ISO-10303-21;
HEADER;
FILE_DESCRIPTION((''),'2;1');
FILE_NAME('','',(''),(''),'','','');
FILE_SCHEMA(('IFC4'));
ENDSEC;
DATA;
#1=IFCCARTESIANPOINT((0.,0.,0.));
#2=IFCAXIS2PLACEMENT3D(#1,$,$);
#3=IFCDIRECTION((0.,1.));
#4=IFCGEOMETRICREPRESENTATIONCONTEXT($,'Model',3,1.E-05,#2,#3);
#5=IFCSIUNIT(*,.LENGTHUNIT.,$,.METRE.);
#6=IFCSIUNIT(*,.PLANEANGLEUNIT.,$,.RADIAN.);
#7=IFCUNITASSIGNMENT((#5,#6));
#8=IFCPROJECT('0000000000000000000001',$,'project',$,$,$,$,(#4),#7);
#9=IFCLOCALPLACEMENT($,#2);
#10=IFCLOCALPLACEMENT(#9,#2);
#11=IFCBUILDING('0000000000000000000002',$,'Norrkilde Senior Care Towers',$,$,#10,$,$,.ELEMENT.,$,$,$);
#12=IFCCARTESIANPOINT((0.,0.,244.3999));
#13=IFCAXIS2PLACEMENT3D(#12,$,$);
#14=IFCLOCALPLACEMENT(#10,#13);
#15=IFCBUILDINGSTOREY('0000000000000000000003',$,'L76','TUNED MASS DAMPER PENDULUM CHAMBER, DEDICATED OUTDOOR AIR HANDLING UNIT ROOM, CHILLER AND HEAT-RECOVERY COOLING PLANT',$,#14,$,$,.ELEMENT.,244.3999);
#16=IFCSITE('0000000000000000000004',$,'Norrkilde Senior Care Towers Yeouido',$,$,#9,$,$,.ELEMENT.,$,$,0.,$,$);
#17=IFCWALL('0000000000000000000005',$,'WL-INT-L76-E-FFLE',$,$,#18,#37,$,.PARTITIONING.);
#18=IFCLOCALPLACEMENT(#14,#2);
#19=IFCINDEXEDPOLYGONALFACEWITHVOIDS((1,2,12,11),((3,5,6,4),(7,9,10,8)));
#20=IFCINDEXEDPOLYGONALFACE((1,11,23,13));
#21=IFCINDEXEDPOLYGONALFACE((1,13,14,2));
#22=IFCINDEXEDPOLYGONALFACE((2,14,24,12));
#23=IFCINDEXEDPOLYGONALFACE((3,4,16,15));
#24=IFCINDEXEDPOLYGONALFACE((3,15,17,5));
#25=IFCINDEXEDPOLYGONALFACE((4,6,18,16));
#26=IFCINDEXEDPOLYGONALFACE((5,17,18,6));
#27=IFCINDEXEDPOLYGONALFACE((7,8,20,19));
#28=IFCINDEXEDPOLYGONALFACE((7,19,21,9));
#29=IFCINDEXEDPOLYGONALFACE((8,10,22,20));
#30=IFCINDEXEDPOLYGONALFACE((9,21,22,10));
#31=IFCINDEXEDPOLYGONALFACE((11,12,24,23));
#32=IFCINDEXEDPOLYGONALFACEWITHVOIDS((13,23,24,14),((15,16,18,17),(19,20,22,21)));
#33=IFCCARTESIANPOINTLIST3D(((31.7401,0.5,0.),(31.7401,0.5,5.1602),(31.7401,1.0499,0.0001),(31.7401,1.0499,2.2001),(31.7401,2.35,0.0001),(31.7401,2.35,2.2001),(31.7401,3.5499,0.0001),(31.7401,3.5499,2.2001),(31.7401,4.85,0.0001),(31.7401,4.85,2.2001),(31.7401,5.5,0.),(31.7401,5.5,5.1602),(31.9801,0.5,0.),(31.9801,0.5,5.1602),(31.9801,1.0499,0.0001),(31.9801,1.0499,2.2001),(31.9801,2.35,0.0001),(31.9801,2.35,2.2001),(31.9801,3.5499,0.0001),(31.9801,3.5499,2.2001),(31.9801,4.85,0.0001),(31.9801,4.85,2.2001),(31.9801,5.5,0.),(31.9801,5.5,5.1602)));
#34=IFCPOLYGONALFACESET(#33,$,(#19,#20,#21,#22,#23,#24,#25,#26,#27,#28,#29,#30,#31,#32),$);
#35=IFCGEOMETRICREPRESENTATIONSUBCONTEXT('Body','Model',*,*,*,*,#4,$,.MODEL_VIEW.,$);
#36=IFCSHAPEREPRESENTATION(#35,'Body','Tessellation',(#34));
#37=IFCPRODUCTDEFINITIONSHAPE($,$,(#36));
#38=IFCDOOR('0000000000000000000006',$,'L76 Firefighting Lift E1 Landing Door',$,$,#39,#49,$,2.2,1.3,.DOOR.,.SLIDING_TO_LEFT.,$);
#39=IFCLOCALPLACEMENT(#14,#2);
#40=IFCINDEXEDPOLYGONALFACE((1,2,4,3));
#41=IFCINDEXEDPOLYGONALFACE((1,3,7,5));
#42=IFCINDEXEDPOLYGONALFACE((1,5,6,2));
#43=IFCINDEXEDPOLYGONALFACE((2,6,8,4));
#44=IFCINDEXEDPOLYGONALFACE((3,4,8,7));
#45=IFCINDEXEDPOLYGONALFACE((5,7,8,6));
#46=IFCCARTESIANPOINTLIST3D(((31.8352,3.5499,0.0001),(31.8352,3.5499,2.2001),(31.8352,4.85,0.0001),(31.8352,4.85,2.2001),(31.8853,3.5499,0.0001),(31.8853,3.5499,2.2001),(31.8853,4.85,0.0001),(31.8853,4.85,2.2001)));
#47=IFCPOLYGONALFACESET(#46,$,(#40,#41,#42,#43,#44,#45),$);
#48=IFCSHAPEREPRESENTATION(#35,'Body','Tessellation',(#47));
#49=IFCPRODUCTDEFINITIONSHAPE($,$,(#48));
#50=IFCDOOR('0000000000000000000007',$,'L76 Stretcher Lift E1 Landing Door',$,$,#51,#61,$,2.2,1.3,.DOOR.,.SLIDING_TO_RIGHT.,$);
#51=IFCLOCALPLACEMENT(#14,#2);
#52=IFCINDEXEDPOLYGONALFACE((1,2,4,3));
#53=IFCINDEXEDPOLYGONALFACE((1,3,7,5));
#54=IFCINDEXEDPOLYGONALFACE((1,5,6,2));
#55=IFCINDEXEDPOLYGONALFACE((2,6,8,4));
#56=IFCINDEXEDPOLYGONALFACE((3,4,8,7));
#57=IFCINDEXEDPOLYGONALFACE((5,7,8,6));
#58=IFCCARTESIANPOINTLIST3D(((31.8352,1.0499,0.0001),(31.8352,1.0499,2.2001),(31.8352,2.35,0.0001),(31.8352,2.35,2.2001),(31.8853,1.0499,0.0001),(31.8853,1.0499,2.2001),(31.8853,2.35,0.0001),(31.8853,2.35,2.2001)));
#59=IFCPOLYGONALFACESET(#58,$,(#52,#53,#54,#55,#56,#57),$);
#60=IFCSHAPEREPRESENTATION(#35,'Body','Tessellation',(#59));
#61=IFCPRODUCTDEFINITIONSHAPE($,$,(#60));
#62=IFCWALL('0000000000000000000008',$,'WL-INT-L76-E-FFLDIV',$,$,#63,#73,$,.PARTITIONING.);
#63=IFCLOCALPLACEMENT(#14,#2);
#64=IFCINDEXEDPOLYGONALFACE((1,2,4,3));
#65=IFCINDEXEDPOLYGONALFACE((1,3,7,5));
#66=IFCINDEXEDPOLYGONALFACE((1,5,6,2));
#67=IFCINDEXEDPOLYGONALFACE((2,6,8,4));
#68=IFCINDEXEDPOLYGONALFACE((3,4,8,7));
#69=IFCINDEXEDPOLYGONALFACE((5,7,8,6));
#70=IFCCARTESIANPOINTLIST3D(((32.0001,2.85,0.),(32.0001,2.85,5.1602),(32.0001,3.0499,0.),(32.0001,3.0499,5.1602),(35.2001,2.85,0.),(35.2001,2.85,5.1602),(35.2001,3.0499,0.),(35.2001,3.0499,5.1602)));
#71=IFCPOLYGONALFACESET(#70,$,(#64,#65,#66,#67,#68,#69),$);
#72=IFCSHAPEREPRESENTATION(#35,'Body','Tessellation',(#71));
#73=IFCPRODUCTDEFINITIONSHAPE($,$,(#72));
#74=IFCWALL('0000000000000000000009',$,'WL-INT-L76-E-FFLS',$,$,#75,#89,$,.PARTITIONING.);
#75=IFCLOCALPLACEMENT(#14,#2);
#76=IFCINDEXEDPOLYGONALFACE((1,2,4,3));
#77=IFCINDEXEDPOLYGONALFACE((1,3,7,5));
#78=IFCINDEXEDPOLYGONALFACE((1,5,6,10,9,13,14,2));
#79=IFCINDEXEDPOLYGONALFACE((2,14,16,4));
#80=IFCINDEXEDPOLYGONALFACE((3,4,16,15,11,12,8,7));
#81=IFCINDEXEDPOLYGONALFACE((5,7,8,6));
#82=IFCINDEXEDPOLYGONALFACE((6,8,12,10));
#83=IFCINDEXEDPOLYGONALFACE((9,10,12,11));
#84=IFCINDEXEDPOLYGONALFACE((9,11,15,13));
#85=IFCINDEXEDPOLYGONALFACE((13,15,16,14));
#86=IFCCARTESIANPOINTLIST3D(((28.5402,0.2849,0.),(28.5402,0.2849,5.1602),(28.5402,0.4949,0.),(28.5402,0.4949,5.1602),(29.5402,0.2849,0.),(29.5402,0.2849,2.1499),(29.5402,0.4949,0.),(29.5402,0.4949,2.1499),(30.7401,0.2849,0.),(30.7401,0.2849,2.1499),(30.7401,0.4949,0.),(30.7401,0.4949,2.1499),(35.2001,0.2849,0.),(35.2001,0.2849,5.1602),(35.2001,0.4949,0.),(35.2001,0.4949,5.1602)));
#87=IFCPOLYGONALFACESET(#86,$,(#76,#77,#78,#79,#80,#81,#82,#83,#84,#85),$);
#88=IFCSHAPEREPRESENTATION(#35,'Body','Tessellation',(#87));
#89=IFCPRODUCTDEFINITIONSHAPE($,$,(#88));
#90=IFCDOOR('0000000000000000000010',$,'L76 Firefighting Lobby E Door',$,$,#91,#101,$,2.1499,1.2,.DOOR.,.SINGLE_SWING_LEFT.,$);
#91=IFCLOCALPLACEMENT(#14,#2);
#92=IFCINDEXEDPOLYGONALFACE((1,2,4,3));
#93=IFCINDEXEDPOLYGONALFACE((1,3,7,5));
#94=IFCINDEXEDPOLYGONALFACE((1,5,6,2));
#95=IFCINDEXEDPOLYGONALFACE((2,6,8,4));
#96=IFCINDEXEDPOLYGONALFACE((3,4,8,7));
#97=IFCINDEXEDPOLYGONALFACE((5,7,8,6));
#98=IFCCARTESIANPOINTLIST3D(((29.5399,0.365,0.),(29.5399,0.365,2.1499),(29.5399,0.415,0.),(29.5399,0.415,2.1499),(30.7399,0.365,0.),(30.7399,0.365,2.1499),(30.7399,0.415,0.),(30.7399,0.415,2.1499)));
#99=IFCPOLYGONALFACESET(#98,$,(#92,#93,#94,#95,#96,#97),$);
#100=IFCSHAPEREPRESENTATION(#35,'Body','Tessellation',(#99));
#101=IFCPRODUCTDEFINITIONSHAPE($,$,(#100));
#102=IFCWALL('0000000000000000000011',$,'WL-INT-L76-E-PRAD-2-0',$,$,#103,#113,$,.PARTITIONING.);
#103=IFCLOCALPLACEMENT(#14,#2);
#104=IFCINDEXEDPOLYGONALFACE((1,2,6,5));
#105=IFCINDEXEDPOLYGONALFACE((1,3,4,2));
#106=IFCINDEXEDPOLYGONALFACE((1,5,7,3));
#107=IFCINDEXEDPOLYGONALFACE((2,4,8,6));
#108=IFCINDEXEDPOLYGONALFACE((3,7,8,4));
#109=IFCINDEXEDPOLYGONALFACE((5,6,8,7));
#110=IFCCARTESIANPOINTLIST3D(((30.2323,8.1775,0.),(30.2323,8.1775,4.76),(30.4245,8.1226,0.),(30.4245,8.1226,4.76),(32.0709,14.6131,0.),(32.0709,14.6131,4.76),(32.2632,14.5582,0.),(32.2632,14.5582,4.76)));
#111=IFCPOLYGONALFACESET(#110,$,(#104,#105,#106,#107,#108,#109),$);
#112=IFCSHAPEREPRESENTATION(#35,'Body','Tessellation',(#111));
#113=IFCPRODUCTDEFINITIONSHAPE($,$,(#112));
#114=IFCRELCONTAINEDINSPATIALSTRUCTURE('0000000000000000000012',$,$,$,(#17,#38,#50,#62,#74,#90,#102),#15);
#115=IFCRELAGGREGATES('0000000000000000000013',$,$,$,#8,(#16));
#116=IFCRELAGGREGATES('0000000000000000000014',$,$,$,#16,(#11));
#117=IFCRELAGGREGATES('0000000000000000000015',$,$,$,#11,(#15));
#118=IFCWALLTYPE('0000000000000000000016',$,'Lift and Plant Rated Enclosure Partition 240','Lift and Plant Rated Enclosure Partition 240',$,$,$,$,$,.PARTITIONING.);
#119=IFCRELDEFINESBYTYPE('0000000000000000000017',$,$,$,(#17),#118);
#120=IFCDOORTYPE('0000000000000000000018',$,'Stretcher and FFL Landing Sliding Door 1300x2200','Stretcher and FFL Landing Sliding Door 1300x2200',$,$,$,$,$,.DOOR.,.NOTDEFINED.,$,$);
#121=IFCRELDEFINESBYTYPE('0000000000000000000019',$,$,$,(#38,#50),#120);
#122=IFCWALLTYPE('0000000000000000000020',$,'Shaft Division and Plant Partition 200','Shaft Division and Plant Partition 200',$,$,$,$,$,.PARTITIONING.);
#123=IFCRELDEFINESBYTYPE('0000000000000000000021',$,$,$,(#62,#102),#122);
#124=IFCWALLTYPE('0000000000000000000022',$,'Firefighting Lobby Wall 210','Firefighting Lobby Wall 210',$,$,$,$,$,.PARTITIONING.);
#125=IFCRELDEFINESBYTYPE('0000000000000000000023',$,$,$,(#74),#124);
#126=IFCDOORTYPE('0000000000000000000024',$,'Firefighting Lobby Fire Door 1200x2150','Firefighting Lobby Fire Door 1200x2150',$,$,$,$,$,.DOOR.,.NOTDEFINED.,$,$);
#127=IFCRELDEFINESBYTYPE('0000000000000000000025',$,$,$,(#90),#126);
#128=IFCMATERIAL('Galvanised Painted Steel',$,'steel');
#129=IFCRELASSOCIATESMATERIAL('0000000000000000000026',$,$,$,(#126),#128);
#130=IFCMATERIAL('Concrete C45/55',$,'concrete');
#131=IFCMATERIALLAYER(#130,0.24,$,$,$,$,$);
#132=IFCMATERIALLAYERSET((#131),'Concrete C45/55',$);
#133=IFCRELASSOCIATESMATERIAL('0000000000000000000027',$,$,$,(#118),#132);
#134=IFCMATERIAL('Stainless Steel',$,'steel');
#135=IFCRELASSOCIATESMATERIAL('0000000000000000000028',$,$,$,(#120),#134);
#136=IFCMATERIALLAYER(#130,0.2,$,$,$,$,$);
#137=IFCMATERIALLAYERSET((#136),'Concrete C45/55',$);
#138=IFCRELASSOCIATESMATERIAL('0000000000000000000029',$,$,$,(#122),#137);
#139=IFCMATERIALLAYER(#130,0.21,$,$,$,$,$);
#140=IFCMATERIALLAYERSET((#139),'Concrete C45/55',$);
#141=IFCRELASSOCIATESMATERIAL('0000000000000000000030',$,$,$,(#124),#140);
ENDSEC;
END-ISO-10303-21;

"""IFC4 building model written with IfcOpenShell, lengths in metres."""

from ifc_helpers import new_model, si_unit, direction, frame, frame_2d, origin, place, context, subcontext, project, spatial, rectangle, extrude, source, transform, mapped, material, layer, layer_set, type_object, type_shapes, element, fill, save


model = new_model("IFC4")

# Units and contexts
model_context = context("Model", 3, precision=1e-05, world=origin(), true_north=direction((0.0, 1.0)))
body_context = subcontext(model_context, "Body", "Model", "MODEL_VIEW")
ifc_project = project(units=[si_unit("LENGTHUNIT", "METRE"), si_unit("PLANEANGLEUNIT", "RADIAN")], contexts=[model_context])

# Site, building, storey
site_placement = place(None, origin())
site = spatial("IfcSite", under=ifc_project, at=site_placement, Name="Norrkilde Senior Care Towers Yeouido", CompositionType="ELEMENT", RefElevation=0.0)
building_placement = place(site_placement, origin())
building = spatial("IfcBuilding", under=site, at=building_placement, Name="Norrkilde Senior Care Towers", CompositionType="ELEMENT")
storey_placement = place(building_placement, frame((0.0, 0.0, 244.3999)))
storey = spatial("IfcBuildingStorey", under=building, at=storey_placement, Name="L76", Description="TUNED MASS DAMPER PENDULUM CHAMBER, DEDICATED OUTDOOR AIR HANDLING UNIT ROOM, CHILLER AND HEAT-RECOVERY COOLING PLANT", CompositionType="ELEMENT", Elevation=244.3999)

# Shared definitions
ifc_material_1 = material(Name="Galvanised Painted Steel", Category="steel")
door_type_1 = type_object("IfcDoorType", Name="Firefighting Lobby Fire Door 1200x2150", Description="Firefighting Lobby Fire Door 1200x2150", OperationType="NOTDEFINED", PredefinedType="DOOR", material=ifc_material_1)
shared_shape_1 = source(origin(), body_context, "Body", "SweptSolid", [
    extrude(rectangle(XDim=1.2, YDim=2.1499, at=frame_2d((0.6001, 1.075))), frame((0.0, 0.0249, 0.0), z_axis=(0.0, -1.0, 0.0), x_axis=(1.0, 0.0, 0.0)), (0.0, 0.0, 1.0), 0.05),
])
type_shapes(door_type_1, [shared_shape_1])

# Shared definitions
ifc_material_2 = material(Name="Concrete C45/55", Category="concrete")

# Wall, openings, doors
ifc_layer_1 = layer(ifc_material_2, 0.24)
ifc_layer_set_1 = layer_set([ifc_layer_1], Name="Concrete C45/55")
wall_type_1 = type_object("IfcWallType", Name="Lift and Plant Rated Enclosure Partition 240", Description="Lift and Plant Rated Enclosure Partition 240", PredefinedType="PARTITIONING", material=ifc_layer_set_1)
shared_shape_2 = source(origin(), body_context, "Body", "SweptSolid", [
    extrude(rectangle(XDim=5.0, YDim=0.24, at=frame_2d((2.5, 0.0))), origin(), (0.0, 0.0, 1.0), 5.1602),
])
type_shapes(wall_type_1, [shared_shape_2])
wall_1_placement = place(storey_placement, frame((31.8601, 0.5, 0.0), z_axis=(0.0, 0.0, 1.0), x_axis=(0.0, 1.0, 0.0)))
wall_1 = element("IfcWall", 1, at=wall_1_placement, inside=storey, type_object=wall_type_1, Name="WL-INT-L76-E-FFLE", PredefinedType="PARTITIONING", context=body_context, shape_type="MappedRepresentation", body=[
    mapped(shared_shape_2, transform((0.0, 0.0, 0.0), x_axis=(1.0, 0.0, 0.0), y_axis=(0.0, 1.0, 0.0), z_axis=(0.0, 0.0, 1.0), scale=1.0)),
])
opening_1_placement = place(wall_1_placement, frame((3.05, 0.0, 0.0)))
opening_1 = element("IfcOpeningElement", 2, at=opening_1_placement, cuts=wall_1, PredefinedType="OPENING", context=body_context, shape_type="SweptSolid", body=[
    extrude(rectangle(XDim=1.3, YDim=2.2, at=frame_2d((0.6499, 1.1001))), frame((0.0, 0.1299, 0.0), z_axis=(0.0, -1.0, 0.0), x_axis=(1.0, 0.0, 0.0)), (0.0, 0.0, 1.0), 0.26),
])
opening_2_placement = place(wall_1_placement, frame((0.55, 0.0, 0.0)))
opening_2 = element("IfcOpeningElement", 3, at=opening_2_placement, cuts=wall_1, PredefinedType="OPENING", context=body_context, shape_type="SweptSolid", body=[
    extrude(rectangle(XDim=1.3, YDim=2.2, at=frame_2d((0.6499, 1.1001))), frame((0.0, 0.1299, 0.0), z_axis=(0.0, -1.0, 0.0), x_axis=(1.0, 0.0, 0.0)), (0.0, 0.0, 1.0), 0.26),
])
ifc_material_3 = material(Name="Stainless Steel", Category="steel")
door_type_2 = type_object("IfcDoorType", Name="Stretcher and FFL Landing Sliding Door 1300x2200", Description="Stretcher and FFL Landing Sliding Door 1300x2200", OperationType="NOTDEFINED", PredefinedType="DOOR", material=ifc_material_3)
shared_shape_3 = source(origin(), body_context, "Body", "SweptSolid", [
    extrude(rectangle(XDim=1.3, YDim=2.2, at=frame_2d((0.6499, 1.1001))), frame((0.0, 0.0249, 0.0), z_axis=(0.0, -1.0, 0.0), x_axis=(1.0, 0.0, 0.0)), (0.0, 0.0, 1.0), 0.05),
])
type_shapes(door_type_2, [shared_shape_3])
door_1_placement = place(opening_1_placement, origin())
door_1 = element("IfcDoor", 4, at=door_1_placement, inside=storey, type_object=door_type_2, Name="L76 Firefighting Lift E1 Landing Door", OperationType="SLIDING_TO_LEFT", OverallHeight=2.2, OverallWidth=1.3, PredefinedType="DOOR", context=body_context, shape_type="MappedRepresentation", body=[
    mapped(shared_shape_3, transform((0.0, 0.0, 0.0), x_axis=(1.0, 0.0, 0.0), y_axis=(0.0, 1.0, 0.0), z_axis=(0.0, 0.0, 1.0), scale=1.0)),
])
fill(opening_1, door_1)
door_2_placement = place(opening_2_placement, origin())
door_2 = element("IfcDoor", 5, at=door_2_placement, inside=storey, type_object=door_type_2, Name="L76 Stretcher Lift E1 Landing Door", OperationType="SLIDING_TO_RIGHT", OverallHeight=2.2, OverallWidth=1.3, PredefinedType="DOOR", context=body_context, shape_type="MappedRepresentation", body=[
    mapped(shared_shape_3, transform((0.0, 0.0, 0.0), x_axis=(1.0, 0.0, 0.0), y_axis=(0.0, 1.0, 0.0), z_axis=(0.0, 0.0, 1.0), scale=1.0)),
])
fill(opening_2, door_2)

# Wall
ifc_layer_2 = layer(ifc_material_2, 0.2)
ifc_layer_set_2 = layer_set([ifc_layer_2], Name="Concrete C45/55")
wall_type_2 = type_object("IfcWallType", Name="Shaft Division and Plant Partition 200", Description="Shaft Division and Plant Partition 200", PredefinedType="PARTITIONING", material=ifc_layer_set_2)
shared_shape_4 = source(origin(), body_context, "Body", "SweptSolid", [
    extrude(rectangle(XDim=3.2, YDim=0.2, at=frame_2d((1.6001, 0.0))), origin(), (0.0, 0.0, 1.0), 5.1602),
])
wall_2_placement = place(storey_placement, frame((32.0, 2.95, 0.0), z_axis=(0.0, 0.0, 1.0), x_axis=(1.0, 0.0, 0.0)))
element("IfcWall", 6, at=wall_2_placement, inside=storey, type_object=wall_type_2, Name="WL-INT-L76-E-FFLDIV", PredefinedType="PARTITIONING", context=body_context, shape_type="MappedRepresentation", body=[
    mapped(shared_shape_4, transform((0.0, 0.0, 0.0), x_axis=(1.0, 0.0, 0.0), y_axis=(0.0, 1.0, 0.0), z_axis=(0.0, 0.0, 1.0), scale=1.0)),
])

# Wall, opening, door
ifc_layer_3 = layer(ifc_material_2, 0.21)
ifc_layer_set_3 = layer_set([ifc_layer_3], Name="Concrete C45/55")
wall_type_3 = type_object("IfcWallType", Name="Firefighting Lobby Wall 210", Description="Firefighting Lobby Wall 210", PredefinedType="PARTITIONING", material=ifc_layer_set_3)
shared_shape_5 = source(origin(), body_context, "Body", "SweptSolid", [
    extrude(rectangle(XDim=6.6599, YDim=0.21, at=frame_2d((3.3301, 0.0))), origin(), (0.0, 0.0, 1.0), 5.1602),
])
type_shapes(wall_type_3, [shared_shape_5])
wall_3_placement = place(storey_placement, frame((28.54, 0.3899, 0.0), z_axis=(0.0, 0.0, 1.0), x_axis=(1.0, 0.0, 0.0)))
wall_3 = element("IfcWall", 7, at=wall_3_placement, inside=storey, type_object=wall_type_3, Name="WL-INT-L76-E-FFLS", PredefinedType="PARTITIONING", context=body_context, shape_type="MappedRepresentation", body=[
    mapped(shared_shape_5, transform((0.0, 0.0, 0.0), x_axis=(1.0, 0.0, 0.0), y_axis=(0.0, 1.0, 0.0), z_axis=(0.0, 0.0, 1.0), scale=1.0)),
])
opening_3_placement = place(wall_3_placement, frame((1.0, 0.0, 0.0)))
opening_3 = element("IfcOpeningElement", 8, at=opening_3_placement, cuts=wall_3, PredefinedType="OPENING", context=body_context, shape_type="SweptSolid", body=[
    extrude(rectangle(XDim=1.2, YDim=2.1499, at=frame_2d((0.6001, 1.075))), frame((0.0, 0.115, 0.0), z_axis=(0.0, -1.0, 0.0), x_axis=(1.0, 0.0, 0.0)), (0.0, 0.0, 1.0), 0.23),
])
door_3_placement = place(opening_3_placement, frame((1.2, 0.0, 0.0), z_axis=(0.0, 0.0, 1.0), x_axis=(-1.0, 0.0, 0.0)))
door_3 = element("IfcDoor", 9, at=door_3_placement, inside=storey, type_object=door_type_1, Name="L76 Firefighting Lobby E Door", OperationType="SINGLE_SWING_LEFT", OverallHeight=2.1499, OverallWidth=1.2, PredefinedType="DOOR", context=body_context, shape_type="MappedRepresentation", body=[
    mapped(shared_shape_1, transform((0.0, 0.0, 0.0), x_axis=(1.0, 0.0, 0.0), y_axis=(0.0, 1.0, 0.0), z_axis=(0.0, 0.0, 1.0), scale=1.0)),
])
fill(opening_3, door_3)

# Wall
shared_shape_6 = source(origin(), body_context, "Body", "SweptSolid", [
    extrude(rectangle(XDim=6.6931, YDim=0.2, at=frame_2d((3.3467, 0.0))), origin(), (0.0, 0.0, 1.0), 4.76),
])
type_shapes(wall_type_2, [shared_shape_4, shared_shape_6])
wall_4_placement = place(storey_placement, frame((30.3284, 8.1499, 0.0), z_axis=(0.0, 0.0, 1.0), x_axis=(0.274707, 0.961528, 0.0)))
element("IfcWall", 10, at=wall_4_placement, inside=storey, type_object=wall_type_2, Name="WL-INT-L76-E-PRAD-2-0", PredefinedType="PARTITIONING", context=body_context, shape_type="MappedRepresentation", body=[
    mapped(shared_shape_6, transform((0.0, 0.0, 0.0), x_axis=(1.0, 0.0, 0.0), y_axis=(0.0, 1.0, 0.0), z_axis=(0.0, 0.0, 1.0), scale=1.0)),
])

save(model, "model.ifc")
